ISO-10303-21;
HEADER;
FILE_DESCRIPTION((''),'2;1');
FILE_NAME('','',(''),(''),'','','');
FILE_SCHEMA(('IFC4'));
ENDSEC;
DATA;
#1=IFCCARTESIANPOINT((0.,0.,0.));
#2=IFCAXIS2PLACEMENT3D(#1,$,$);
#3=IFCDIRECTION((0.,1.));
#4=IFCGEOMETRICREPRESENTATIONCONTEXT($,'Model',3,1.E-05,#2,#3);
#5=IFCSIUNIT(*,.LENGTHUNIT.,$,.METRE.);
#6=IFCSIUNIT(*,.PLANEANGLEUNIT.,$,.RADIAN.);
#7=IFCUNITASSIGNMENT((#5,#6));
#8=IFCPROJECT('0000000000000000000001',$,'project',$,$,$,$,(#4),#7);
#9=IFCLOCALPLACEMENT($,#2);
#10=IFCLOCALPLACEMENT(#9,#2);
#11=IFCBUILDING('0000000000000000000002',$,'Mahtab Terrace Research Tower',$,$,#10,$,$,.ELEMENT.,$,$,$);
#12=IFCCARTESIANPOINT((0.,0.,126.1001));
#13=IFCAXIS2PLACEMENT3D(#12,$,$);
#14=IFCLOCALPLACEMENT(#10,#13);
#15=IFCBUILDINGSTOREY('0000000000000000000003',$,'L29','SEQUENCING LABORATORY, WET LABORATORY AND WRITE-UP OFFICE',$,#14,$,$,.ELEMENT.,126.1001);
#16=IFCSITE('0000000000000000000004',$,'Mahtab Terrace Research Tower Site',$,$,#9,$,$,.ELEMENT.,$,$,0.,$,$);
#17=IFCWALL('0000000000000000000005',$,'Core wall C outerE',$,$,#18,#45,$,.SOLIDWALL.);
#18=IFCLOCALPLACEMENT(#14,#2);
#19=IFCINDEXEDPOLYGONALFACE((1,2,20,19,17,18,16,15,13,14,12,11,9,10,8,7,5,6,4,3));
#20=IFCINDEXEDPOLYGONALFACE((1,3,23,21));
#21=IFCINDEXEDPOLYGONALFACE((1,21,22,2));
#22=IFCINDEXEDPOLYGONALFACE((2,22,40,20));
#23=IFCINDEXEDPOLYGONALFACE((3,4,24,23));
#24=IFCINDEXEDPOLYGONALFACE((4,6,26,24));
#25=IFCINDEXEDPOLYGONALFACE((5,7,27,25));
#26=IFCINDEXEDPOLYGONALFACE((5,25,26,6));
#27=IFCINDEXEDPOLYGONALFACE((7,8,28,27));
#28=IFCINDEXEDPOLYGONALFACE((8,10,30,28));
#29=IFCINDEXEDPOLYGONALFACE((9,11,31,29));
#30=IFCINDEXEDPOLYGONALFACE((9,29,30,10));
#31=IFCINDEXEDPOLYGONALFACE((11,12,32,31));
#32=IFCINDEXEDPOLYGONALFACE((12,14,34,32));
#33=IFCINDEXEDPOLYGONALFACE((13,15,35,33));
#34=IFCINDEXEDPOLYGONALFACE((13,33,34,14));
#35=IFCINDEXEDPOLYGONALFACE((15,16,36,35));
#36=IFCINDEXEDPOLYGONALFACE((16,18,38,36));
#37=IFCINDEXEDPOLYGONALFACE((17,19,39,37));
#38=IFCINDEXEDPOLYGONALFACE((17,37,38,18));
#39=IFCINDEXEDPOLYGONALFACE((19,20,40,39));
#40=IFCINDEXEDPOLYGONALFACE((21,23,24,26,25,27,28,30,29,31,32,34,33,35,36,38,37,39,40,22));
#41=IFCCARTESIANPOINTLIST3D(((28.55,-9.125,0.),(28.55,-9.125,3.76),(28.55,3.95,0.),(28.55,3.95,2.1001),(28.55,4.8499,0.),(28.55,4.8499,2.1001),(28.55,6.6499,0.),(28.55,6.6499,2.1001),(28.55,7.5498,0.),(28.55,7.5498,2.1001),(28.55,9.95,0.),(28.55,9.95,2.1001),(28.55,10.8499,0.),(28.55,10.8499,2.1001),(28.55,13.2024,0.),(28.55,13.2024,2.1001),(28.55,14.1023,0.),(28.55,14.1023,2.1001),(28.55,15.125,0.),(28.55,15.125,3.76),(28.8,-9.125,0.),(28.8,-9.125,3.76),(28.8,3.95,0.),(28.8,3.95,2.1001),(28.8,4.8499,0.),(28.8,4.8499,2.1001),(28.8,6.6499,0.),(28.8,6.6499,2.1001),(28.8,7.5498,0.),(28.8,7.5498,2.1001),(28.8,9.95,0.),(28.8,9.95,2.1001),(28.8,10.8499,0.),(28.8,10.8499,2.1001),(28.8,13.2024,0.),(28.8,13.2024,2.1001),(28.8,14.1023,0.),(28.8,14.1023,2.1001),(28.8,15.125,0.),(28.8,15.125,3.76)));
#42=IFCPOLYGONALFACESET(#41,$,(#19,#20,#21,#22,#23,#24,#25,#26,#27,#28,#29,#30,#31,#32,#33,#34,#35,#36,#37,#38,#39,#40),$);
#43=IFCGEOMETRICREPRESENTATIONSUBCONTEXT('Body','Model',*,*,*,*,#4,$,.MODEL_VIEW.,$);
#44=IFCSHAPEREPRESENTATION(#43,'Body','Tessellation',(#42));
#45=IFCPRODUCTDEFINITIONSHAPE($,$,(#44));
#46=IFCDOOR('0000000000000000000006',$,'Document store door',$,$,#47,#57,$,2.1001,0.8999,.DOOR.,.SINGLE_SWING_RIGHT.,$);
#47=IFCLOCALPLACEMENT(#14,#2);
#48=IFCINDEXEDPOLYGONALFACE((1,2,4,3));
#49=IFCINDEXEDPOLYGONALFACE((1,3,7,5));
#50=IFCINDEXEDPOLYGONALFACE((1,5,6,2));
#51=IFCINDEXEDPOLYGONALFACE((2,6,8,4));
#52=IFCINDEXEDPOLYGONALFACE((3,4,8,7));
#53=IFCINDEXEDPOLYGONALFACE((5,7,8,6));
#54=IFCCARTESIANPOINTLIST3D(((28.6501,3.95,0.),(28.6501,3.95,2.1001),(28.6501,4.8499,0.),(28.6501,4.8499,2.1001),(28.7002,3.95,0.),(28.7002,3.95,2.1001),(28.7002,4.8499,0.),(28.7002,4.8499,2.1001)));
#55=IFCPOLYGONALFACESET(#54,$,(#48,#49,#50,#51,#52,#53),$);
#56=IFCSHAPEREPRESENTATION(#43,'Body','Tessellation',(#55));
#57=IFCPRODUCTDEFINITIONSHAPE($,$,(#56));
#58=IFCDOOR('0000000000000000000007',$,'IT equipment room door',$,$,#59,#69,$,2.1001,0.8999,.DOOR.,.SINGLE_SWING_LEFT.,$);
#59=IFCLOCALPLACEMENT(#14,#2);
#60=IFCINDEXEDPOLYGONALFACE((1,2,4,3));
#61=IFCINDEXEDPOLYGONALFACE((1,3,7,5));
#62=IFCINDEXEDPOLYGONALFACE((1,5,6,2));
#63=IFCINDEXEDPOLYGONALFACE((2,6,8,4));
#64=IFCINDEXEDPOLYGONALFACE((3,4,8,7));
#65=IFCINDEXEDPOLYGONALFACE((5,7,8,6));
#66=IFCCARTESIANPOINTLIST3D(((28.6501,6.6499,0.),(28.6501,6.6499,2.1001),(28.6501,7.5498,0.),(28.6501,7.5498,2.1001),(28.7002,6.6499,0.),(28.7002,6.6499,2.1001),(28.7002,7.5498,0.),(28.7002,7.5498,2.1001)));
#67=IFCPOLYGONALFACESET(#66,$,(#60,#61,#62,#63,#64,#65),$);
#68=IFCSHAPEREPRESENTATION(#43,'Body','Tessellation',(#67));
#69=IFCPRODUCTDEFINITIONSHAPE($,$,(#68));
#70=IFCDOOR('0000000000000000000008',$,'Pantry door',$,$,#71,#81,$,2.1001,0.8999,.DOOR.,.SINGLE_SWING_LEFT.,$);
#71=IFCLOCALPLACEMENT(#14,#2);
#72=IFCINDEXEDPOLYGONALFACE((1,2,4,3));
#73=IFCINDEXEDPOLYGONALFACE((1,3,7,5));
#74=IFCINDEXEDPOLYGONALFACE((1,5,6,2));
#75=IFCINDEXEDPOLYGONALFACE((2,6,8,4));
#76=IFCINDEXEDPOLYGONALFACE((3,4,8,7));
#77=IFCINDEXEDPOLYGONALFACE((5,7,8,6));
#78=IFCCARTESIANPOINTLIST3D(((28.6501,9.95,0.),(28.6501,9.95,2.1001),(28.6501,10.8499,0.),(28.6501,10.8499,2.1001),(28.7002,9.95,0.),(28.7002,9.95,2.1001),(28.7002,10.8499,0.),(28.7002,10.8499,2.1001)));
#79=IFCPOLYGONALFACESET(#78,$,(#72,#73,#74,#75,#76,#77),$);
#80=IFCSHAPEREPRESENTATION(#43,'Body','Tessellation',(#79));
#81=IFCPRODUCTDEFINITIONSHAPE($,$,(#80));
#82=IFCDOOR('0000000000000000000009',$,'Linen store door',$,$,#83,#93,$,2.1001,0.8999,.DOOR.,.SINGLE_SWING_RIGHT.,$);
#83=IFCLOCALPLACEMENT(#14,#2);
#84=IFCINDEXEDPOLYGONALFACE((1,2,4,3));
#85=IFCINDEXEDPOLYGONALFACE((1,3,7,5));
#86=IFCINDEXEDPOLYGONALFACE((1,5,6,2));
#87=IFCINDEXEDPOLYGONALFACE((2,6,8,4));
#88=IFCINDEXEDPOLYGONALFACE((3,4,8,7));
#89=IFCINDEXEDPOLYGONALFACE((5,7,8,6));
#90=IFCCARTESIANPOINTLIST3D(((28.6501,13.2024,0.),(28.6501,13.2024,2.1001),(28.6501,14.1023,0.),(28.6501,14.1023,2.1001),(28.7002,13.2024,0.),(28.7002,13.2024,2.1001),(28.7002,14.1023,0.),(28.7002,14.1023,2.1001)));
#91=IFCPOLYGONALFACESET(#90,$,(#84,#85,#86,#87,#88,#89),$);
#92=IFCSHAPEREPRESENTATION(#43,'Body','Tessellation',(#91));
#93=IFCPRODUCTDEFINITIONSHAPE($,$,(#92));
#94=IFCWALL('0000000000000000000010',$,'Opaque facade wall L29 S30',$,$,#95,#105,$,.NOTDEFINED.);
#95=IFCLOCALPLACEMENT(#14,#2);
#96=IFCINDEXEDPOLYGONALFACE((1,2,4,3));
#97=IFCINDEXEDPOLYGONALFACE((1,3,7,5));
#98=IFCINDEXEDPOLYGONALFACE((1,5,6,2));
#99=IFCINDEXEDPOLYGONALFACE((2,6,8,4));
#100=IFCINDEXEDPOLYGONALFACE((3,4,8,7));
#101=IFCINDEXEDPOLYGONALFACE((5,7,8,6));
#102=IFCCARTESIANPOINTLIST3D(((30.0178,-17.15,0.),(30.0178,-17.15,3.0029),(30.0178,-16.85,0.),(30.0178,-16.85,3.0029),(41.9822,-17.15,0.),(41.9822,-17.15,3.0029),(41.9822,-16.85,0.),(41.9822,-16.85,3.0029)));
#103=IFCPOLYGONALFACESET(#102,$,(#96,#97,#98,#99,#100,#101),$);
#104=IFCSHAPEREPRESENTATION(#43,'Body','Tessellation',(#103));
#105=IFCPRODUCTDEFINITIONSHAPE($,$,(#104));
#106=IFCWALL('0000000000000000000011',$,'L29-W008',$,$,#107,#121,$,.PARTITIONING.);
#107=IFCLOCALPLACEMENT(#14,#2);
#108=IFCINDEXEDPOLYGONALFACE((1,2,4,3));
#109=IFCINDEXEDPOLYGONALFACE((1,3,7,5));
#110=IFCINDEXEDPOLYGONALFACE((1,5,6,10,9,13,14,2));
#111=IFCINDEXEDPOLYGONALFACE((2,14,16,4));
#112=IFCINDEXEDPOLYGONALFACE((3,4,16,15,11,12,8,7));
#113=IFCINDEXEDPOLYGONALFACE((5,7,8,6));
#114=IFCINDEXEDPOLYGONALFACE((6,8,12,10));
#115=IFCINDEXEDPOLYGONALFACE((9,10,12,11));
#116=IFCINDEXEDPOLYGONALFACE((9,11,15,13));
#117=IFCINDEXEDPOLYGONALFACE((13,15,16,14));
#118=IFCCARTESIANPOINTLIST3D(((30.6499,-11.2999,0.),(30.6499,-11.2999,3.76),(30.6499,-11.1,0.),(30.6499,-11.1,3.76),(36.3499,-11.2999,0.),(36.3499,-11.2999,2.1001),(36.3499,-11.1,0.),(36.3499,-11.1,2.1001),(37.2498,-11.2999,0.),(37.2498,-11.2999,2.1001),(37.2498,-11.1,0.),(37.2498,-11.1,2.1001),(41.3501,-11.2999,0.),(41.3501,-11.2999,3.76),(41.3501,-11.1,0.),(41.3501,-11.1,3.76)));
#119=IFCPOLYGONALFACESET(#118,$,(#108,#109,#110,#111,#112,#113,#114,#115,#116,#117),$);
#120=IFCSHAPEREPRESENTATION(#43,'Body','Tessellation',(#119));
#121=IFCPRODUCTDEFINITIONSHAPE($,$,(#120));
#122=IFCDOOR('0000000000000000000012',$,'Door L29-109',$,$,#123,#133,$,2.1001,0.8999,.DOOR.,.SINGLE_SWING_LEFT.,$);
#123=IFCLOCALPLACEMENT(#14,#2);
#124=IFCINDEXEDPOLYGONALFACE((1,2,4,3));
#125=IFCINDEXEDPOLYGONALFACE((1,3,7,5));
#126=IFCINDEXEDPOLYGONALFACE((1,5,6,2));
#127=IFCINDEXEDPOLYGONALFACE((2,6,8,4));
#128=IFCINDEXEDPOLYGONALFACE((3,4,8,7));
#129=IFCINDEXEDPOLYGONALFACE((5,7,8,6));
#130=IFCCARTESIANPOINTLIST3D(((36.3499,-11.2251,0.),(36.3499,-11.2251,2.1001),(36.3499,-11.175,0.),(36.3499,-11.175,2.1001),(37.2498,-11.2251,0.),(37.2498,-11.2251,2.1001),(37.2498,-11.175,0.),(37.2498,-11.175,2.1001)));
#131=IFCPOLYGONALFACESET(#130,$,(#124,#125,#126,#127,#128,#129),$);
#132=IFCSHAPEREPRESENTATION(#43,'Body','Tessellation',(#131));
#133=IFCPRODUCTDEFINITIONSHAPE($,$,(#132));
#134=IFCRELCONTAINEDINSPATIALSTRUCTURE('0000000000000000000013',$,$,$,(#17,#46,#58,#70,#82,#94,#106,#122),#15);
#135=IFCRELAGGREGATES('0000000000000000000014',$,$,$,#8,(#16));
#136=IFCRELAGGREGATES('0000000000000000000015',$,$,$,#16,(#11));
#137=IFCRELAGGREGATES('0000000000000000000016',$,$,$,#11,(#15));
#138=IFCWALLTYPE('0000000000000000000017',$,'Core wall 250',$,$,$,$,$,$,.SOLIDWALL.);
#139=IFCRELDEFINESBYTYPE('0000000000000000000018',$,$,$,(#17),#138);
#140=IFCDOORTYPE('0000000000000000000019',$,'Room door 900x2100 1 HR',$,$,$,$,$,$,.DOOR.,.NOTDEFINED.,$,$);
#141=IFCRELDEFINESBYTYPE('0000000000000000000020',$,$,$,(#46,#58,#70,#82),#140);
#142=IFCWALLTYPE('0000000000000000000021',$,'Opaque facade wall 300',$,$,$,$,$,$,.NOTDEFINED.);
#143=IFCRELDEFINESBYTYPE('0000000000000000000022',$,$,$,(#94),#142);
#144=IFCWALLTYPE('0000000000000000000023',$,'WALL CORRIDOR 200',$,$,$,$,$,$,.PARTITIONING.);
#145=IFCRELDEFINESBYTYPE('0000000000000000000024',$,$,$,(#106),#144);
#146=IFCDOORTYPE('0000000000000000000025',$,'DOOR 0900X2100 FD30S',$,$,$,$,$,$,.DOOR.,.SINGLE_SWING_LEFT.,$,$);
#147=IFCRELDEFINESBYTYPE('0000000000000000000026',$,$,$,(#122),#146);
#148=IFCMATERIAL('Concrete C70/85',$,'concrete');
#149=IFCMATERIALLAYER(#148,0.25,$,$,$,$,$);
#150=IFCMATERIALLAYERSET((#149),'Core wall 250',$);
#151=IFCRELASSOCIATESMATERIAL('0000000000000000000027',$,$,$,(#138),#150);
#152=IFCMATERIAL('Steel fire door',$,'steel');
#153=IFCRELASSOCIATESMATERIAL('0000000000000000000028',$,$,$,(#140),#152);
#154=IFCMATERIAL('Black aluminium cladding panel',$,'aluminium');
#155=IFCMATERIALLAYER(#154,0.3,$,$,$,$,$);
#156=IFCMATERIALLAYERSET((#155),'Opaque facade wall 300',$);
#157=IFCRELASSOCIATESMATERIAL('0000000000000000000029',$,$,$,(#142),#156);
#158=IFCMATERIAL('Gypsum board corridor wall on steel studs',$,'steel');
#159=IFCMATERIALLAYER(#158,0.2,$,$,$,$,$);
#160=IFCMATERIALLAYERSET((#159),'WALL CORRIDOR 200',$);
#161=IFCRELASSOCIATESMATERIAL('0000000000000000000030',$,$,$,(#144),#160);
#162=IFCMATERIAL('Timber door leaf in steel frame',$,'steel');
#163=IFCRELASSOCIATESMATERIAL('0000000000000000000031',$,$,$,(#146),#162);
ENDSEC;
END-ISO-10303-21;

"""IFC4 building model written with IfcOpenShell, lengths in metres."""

from ifc_helpers import new_model, si_unit, direction, frame, frame_2d, origin, place, context, subcontext, project, spatial, rectangle, extrude, material, layer, layer_set, type_object, element, fill, save


model = new_model("IFC4")

# Units and contexts
model_context = context("Model", 3, precision=1e-05, world=origin(), true_north=direction((0.0, 1.0)))
body_context = subcontext(model_context, "Body", "Model", "MODEL_VIEW")
ifc_project = project(units=[si_unit("LENGTHUNIT", "METRE"), si_unit("PLANEANGLEUNIT", "RADIAN")], contexts=[model_context])

# Site, building, storey
site_placement = place(None, origin())
site = spatial("IfcSite", under=ifc_project, at=site_placement, Name="Mahtab Terrace Research Tower Site", CompositionType="ELEMENT", RefElevation=0.0)
building_placement = place(site_placement, origin())
building = spatial("IfcBuilding", under=site, at=building_placement, Name="Mahtab Terrace Research Tower", CompositionType="ELEMENT")
storey_placement = place(building_placement, frame((0.0, 0.0, 126.1001)))
storey = spatial("IfcBuildingStorey", under=building, at=storey_placement, Name="L29", Description="SEQUENCING LABORATORY, WET LABORATORY AND WRITE-UP OFFICE", CompositionType="ELEMENT", Elevation=126.1001)

# Shared definitions
ifc_material_1 = material(Name="Concrete C70/85", Category="concrete")

# Wall, openings, doors
ifc_layer_1 = layer(ifc_material_1, 0.25)
ifc_layer_set_1 = layer_set([ifc_layer_1], Name="Core wall 250")
wall_type_1 = type_object("IfcWallType", Name="Core wall 250", PredefinedType="SOLIDWALL", material=ifc_layer_set_1)
wall_1_placement = place(storey_placement, frame((28.675, -9.125, 0.0), z_axis=(0.0, 0.0, 1.0), x_axis=(0.0, 1.0, 0.0)))
wall_1 = element("IfcWall", 1, at=wall_1_placement, inside=storey, type_object=wall_type_1, Name="Core wall C outerE", PredefinedType="SOLIDWALL", context=body_context, shape_type="SweptSolid", body=[
    extrude(rectangle(XDim=24.25, YDim=0.25, at=frame_2d((12.125, 0.0))), origin(), (0.0, 0.0, 1.0), 3.76),
])
opening_1_placement = place(wall_1_placement, frame((13.075, 0.0, 0.0)))
opening_1 = element("IfcOpeningElement", 2, at=opening_1_placement, cuts=wall_1, PredefinedType="OPENING", context=body_context, shape_type="SweptSolid", body=[
    extrude(rectangle(XDim=0.8999, YDim=2.1001, at=frame_2d((0.45, 1.05))), frame((0.0, 0.135, 0.0), z_axis=(0.0, -1.0, 0.0), x_axis=(1.0, 0.0, 0.0)), (0.0, 0.0, 1.0), 0.27),
])
opening_2_placement = place(wall_1_placement, frame((15.7749, 0.0, 0.0)))
opening_2 = element("IfcOpeningElement", 3, at=opening_2_placement, cuts=wall_1, PredefinedType="OPENING", context=body_context, shape_type="SweptSolid", body=[
    extrude(rectangle(XDim=0.8999, YDim=2.1001, at=frame_2d((0.45, 1.05))), frame((0.0, 0.135, 0.0), z_axis=(0.0, -1.0, 0.0), x_axis=(1.0, 0.0, 0.0)), (0.0, 0.0, 1.0), 0.27),
])
opening_3_placement = place(wall_1_placement, frame((19.075, 0.0, 0.0)))
opening_3 = element("IfcOpeningElement", 4, at=opening_3_placement, cuts=wall_1, PredefinedType="OPENING", context=body_context, shape_type="SweptSolid", body=[
    extrude(rectangle(XDim=0.8999, YDim=2.1001, at=frame_2d((0.45, 1.05))), frame((0.0, 0.135, 0.0), z_axis=(0.0, -1.0, 0.0), x_axis=(1.0, 0.0, 0.0)), (0.0, 0.0, 1.0), 0.27),
])
opening_4_placement = place(wall_1_placement, frame((22.3274, 0.0, 0.0)))
opening_4 = element("IfcOpeningElement", 5, at=opening_4_placement, cuts=wall_1, PredefinedType="OPENING", context=body_context, shape_type="SweptSolid", body=[
    extrude(rectangle(XDim=0.8999, YDim=2.1001, at=frame_2d((0.45, 1.05))), frame((0.0, 0.135, 0.0), z_axis=(0.0, -1.0, 0.0), x_axis=(1.0, 0.0, 0.0)), (0.0, 0.0, 1.0), 0.27),
])
ifc_material_2 = material(Name="Steel fire door", Category="steel")
door_type_1 = type_object("IfcDoorType", Name="Room door 900x2100 1 HR", OperationType="NOTDEFINED", PredefinedType="DOOR", material=ifc_material_2)
door_1_placement = place(opening_1_placement, origin())
door_1 = element("IfcDoor", 6, at=door_1_placement, inside=storey, type_object=door_type_1, Name="Document store door", OperationType="SINGLE_SWING_RIGHT", OverallHeight=2.1001, OverallWidth=0.8999, PredefinedType="DOOR", context=body_context, shape_type="SweptSolid", body=[
    extrude(rectangle(XDim=0.8999, YDim=2.1001, at=frame_2d((0.45, 1.05))), frame((0.0, 0.0249, 0.0), z_axis=(0.0, -1.0, 0.0), x_axis=(1.0, 0.0, 0.0)), (0.0, 0.0, 1.0), 0.05),
])
fill(opening_1, door_1)
door_2_placement = place(opening_2_placement, origin())
door_2 = element("IfcDoor", 7, at=door_2_placement, inside=storey, type_object=door_type_1, Name="IT equipment room door", OperationType="SINGLE_SWING_LEFT", OverallHeight=2.1001, OverallWidth=0.8999, PredefinedType="DOOR", context=body_context, shape_type="SweptSolid", body=[
    extrude(rectangle(XDim=0.8999, YDim=2.1001, at=frame_2d((0.45, 1.05))), frame((0.0, 0.0249, 0.0), z_axis=(0.0, -1.0, 0.0), x_axis=(1.0, 0.0, 0.0)), (0.0, 0.0, 1.0), 0.05),
])
fill(opening_2, door_2)
door_3_placement = place(opening_3_placement, origin())
door_3 = element("IfcDoor", 8, at=door_3_placement, inside=storey, type_object=door_type_1, Name="Pantry door", OperationType="SINGLE_SWING_LEFT", OverallHeight=2.1001, OverallWidth=0.8999, PredefinedType="DOOR", context=body_context, shape_type="SweptSolid", body=[
    extrude(rectangle(XDim=0.8999, YDim=2.1001, at=frame_2d((0.45, 1.05))), frame((0.0, 0.0249, 0.0), z_axis=(0.0, -1.0, 0.0), x_axis=(1.0, 0.0, 0.0)), (0.0, 0.0, 1.0), 0.05),
])
fill(opening_3, door_3)
door_4_placement = place(opening_4_placement, origin())
door_4 = element("IfcDoor", 9, at=door_4_placement, inside=storey, type_object=door_type_1, Name="Linen store door", OperationType="SINGLE_SWING_RIGHT", OverallHeight=2.1001, OverallWidth=0.8999, PredefinedType="DOOR", context=body_context, shape_type="SweptSolid", body=[
    extrude(rectangle(XDim=0.8999, YDim=2.1001, at=frame_2d((0.45, 1.05))), frame((0.0, 0.0249, 0.0), z_axis=(0.0, -1.0, 0.0), x_axis=(1.0, 0.0, 0.0)), (0.0, 0.0, 1.0), 0.05),
])
fill(opening_4, door_4)

# Wall
ifc_material_3 = material(Name="Black aluminium cladding panel", Category="aluminium")
ifc_layer_2 = layer(ifc_material_3, 0.3)
ifc_layer_set_2 = layer_set([ifc_layer_2], Name="Opaque facade wall 300")
wall_type_2 = type_object("IfcWallType", Name="Opaque facade wall 300", PredefinedType="NOTDEFINED", material=ifc_layer_set_2)
wall_2_placement = place(storey_placement, frame((30.0178, -17.0, 0.0), z_axis=(0.0, 0.0, 1.0), x_axis=(1.0, 0.0, 0.0)))
element("IfcWall", 10, at=wall_2_placement, inside=storey, type_object=wall_type_2, Name="Opaque facade wall L29 S30", PredefinedType="NOTDEFINED", context=body_context, shape_type="SweptSolid", body=[
    extrude(rectangle(XDim=11.9644, YDim=0.3, at=frame_2d((5.9822, 0.0))), origin(), (0.0, 0.0, 1.0), 3.0029),
])

# Wall, opening, door
ifc_material_4 = material(Name="Gypsum board corridor wall on steel studs", Category="steel")
ifc_layer_3 = layer(ifc_material_4, 0.2)
ifc_layer_set_3 = layer_set([ifc_layer_3], Name="WALL CORRIDOR 200")
wall_type_3 = type_object("IfcWallType", Name="WALL CORRIDOR 200", PredefinedType="PARTITIONING", material=ifc_layer_set_3)
wall_3_placement = place(storey_placement, frame((30.6499, -11.2, 0.0), z_axis=(0.0, 0.0, 1.0), x_axis=(1.0, 0.0, 0.0)))
wall_3 = element("IfcWall", 11, at=wall_3_placement, inside=storey, type_object=wall_type_3, Name="L29-W008", PredefinedType="PARTITIONING", context=body_context, shape_type="SweptSolid", body=[
    extrude(rectangle(XDim=10.7002, YDim=0.2, at=frame_2d((5.3501, 0.0))), origin(), (0.0, 0.0, 1.0), 3.76),
])
opening_5_placement = place(wall_3_placement, frame((5.7, 0.0, 0.0)))
opening_5 = element("IfcOpeningElement", 12, at=opening_5_placement, cuts=wall_3, PredefinedType="OPENING", context=body_context, shape_type="SweptSolid", body=[
    extrude(rectangle(XDim=0.8999, YDim=2.1001, at=frame_2d((0.45, 1.05))), frame((0.0, 0.1099, 0.0), z_axis=(0.0, -1.0, 0.0), x_axis=(1.0, 0.0, 0.0)), (0.0, 0.0, 1.0), 0.22),
])
ifc_material_5 = material(Name="Timber door leaf in steel frame", Category="steel")
door_type_2 = type_object("IfcDoorType", Name="DOOR 0900X2100 FD30S", OperationType="SINGLE_SWING_LEFT", PredefinedType="DOOR", material=ifc_material_5)
door_5_placement = place(opening_5_placement, origin())
door_5 = element("IfcDoor", 13, at=door_5_placement, inside=storey, type_object=door_type_2, Name="Door L29-109", OperationType="SINGLE_SWING_LEFT", OverallHeight=2.1001, OverallWidth=0.8999, PredefinedType="DOOR", context=body_context, shape_type="SweptSolid", body=[
    extrude(rectangle(XDim=0.8999, YDim=2.1001, at=frame_2d((0.45, 1.05))), frame((0.0, 0.0249, 0.0), z_axis=(0.0, -1.0, 0.0), x_axis=(1.0, 0.0, 0.0)), (0.0, 0.0, 1.0), 0.05),
])
fill(opening_5, door_5)

save(model, "model.ifc")
